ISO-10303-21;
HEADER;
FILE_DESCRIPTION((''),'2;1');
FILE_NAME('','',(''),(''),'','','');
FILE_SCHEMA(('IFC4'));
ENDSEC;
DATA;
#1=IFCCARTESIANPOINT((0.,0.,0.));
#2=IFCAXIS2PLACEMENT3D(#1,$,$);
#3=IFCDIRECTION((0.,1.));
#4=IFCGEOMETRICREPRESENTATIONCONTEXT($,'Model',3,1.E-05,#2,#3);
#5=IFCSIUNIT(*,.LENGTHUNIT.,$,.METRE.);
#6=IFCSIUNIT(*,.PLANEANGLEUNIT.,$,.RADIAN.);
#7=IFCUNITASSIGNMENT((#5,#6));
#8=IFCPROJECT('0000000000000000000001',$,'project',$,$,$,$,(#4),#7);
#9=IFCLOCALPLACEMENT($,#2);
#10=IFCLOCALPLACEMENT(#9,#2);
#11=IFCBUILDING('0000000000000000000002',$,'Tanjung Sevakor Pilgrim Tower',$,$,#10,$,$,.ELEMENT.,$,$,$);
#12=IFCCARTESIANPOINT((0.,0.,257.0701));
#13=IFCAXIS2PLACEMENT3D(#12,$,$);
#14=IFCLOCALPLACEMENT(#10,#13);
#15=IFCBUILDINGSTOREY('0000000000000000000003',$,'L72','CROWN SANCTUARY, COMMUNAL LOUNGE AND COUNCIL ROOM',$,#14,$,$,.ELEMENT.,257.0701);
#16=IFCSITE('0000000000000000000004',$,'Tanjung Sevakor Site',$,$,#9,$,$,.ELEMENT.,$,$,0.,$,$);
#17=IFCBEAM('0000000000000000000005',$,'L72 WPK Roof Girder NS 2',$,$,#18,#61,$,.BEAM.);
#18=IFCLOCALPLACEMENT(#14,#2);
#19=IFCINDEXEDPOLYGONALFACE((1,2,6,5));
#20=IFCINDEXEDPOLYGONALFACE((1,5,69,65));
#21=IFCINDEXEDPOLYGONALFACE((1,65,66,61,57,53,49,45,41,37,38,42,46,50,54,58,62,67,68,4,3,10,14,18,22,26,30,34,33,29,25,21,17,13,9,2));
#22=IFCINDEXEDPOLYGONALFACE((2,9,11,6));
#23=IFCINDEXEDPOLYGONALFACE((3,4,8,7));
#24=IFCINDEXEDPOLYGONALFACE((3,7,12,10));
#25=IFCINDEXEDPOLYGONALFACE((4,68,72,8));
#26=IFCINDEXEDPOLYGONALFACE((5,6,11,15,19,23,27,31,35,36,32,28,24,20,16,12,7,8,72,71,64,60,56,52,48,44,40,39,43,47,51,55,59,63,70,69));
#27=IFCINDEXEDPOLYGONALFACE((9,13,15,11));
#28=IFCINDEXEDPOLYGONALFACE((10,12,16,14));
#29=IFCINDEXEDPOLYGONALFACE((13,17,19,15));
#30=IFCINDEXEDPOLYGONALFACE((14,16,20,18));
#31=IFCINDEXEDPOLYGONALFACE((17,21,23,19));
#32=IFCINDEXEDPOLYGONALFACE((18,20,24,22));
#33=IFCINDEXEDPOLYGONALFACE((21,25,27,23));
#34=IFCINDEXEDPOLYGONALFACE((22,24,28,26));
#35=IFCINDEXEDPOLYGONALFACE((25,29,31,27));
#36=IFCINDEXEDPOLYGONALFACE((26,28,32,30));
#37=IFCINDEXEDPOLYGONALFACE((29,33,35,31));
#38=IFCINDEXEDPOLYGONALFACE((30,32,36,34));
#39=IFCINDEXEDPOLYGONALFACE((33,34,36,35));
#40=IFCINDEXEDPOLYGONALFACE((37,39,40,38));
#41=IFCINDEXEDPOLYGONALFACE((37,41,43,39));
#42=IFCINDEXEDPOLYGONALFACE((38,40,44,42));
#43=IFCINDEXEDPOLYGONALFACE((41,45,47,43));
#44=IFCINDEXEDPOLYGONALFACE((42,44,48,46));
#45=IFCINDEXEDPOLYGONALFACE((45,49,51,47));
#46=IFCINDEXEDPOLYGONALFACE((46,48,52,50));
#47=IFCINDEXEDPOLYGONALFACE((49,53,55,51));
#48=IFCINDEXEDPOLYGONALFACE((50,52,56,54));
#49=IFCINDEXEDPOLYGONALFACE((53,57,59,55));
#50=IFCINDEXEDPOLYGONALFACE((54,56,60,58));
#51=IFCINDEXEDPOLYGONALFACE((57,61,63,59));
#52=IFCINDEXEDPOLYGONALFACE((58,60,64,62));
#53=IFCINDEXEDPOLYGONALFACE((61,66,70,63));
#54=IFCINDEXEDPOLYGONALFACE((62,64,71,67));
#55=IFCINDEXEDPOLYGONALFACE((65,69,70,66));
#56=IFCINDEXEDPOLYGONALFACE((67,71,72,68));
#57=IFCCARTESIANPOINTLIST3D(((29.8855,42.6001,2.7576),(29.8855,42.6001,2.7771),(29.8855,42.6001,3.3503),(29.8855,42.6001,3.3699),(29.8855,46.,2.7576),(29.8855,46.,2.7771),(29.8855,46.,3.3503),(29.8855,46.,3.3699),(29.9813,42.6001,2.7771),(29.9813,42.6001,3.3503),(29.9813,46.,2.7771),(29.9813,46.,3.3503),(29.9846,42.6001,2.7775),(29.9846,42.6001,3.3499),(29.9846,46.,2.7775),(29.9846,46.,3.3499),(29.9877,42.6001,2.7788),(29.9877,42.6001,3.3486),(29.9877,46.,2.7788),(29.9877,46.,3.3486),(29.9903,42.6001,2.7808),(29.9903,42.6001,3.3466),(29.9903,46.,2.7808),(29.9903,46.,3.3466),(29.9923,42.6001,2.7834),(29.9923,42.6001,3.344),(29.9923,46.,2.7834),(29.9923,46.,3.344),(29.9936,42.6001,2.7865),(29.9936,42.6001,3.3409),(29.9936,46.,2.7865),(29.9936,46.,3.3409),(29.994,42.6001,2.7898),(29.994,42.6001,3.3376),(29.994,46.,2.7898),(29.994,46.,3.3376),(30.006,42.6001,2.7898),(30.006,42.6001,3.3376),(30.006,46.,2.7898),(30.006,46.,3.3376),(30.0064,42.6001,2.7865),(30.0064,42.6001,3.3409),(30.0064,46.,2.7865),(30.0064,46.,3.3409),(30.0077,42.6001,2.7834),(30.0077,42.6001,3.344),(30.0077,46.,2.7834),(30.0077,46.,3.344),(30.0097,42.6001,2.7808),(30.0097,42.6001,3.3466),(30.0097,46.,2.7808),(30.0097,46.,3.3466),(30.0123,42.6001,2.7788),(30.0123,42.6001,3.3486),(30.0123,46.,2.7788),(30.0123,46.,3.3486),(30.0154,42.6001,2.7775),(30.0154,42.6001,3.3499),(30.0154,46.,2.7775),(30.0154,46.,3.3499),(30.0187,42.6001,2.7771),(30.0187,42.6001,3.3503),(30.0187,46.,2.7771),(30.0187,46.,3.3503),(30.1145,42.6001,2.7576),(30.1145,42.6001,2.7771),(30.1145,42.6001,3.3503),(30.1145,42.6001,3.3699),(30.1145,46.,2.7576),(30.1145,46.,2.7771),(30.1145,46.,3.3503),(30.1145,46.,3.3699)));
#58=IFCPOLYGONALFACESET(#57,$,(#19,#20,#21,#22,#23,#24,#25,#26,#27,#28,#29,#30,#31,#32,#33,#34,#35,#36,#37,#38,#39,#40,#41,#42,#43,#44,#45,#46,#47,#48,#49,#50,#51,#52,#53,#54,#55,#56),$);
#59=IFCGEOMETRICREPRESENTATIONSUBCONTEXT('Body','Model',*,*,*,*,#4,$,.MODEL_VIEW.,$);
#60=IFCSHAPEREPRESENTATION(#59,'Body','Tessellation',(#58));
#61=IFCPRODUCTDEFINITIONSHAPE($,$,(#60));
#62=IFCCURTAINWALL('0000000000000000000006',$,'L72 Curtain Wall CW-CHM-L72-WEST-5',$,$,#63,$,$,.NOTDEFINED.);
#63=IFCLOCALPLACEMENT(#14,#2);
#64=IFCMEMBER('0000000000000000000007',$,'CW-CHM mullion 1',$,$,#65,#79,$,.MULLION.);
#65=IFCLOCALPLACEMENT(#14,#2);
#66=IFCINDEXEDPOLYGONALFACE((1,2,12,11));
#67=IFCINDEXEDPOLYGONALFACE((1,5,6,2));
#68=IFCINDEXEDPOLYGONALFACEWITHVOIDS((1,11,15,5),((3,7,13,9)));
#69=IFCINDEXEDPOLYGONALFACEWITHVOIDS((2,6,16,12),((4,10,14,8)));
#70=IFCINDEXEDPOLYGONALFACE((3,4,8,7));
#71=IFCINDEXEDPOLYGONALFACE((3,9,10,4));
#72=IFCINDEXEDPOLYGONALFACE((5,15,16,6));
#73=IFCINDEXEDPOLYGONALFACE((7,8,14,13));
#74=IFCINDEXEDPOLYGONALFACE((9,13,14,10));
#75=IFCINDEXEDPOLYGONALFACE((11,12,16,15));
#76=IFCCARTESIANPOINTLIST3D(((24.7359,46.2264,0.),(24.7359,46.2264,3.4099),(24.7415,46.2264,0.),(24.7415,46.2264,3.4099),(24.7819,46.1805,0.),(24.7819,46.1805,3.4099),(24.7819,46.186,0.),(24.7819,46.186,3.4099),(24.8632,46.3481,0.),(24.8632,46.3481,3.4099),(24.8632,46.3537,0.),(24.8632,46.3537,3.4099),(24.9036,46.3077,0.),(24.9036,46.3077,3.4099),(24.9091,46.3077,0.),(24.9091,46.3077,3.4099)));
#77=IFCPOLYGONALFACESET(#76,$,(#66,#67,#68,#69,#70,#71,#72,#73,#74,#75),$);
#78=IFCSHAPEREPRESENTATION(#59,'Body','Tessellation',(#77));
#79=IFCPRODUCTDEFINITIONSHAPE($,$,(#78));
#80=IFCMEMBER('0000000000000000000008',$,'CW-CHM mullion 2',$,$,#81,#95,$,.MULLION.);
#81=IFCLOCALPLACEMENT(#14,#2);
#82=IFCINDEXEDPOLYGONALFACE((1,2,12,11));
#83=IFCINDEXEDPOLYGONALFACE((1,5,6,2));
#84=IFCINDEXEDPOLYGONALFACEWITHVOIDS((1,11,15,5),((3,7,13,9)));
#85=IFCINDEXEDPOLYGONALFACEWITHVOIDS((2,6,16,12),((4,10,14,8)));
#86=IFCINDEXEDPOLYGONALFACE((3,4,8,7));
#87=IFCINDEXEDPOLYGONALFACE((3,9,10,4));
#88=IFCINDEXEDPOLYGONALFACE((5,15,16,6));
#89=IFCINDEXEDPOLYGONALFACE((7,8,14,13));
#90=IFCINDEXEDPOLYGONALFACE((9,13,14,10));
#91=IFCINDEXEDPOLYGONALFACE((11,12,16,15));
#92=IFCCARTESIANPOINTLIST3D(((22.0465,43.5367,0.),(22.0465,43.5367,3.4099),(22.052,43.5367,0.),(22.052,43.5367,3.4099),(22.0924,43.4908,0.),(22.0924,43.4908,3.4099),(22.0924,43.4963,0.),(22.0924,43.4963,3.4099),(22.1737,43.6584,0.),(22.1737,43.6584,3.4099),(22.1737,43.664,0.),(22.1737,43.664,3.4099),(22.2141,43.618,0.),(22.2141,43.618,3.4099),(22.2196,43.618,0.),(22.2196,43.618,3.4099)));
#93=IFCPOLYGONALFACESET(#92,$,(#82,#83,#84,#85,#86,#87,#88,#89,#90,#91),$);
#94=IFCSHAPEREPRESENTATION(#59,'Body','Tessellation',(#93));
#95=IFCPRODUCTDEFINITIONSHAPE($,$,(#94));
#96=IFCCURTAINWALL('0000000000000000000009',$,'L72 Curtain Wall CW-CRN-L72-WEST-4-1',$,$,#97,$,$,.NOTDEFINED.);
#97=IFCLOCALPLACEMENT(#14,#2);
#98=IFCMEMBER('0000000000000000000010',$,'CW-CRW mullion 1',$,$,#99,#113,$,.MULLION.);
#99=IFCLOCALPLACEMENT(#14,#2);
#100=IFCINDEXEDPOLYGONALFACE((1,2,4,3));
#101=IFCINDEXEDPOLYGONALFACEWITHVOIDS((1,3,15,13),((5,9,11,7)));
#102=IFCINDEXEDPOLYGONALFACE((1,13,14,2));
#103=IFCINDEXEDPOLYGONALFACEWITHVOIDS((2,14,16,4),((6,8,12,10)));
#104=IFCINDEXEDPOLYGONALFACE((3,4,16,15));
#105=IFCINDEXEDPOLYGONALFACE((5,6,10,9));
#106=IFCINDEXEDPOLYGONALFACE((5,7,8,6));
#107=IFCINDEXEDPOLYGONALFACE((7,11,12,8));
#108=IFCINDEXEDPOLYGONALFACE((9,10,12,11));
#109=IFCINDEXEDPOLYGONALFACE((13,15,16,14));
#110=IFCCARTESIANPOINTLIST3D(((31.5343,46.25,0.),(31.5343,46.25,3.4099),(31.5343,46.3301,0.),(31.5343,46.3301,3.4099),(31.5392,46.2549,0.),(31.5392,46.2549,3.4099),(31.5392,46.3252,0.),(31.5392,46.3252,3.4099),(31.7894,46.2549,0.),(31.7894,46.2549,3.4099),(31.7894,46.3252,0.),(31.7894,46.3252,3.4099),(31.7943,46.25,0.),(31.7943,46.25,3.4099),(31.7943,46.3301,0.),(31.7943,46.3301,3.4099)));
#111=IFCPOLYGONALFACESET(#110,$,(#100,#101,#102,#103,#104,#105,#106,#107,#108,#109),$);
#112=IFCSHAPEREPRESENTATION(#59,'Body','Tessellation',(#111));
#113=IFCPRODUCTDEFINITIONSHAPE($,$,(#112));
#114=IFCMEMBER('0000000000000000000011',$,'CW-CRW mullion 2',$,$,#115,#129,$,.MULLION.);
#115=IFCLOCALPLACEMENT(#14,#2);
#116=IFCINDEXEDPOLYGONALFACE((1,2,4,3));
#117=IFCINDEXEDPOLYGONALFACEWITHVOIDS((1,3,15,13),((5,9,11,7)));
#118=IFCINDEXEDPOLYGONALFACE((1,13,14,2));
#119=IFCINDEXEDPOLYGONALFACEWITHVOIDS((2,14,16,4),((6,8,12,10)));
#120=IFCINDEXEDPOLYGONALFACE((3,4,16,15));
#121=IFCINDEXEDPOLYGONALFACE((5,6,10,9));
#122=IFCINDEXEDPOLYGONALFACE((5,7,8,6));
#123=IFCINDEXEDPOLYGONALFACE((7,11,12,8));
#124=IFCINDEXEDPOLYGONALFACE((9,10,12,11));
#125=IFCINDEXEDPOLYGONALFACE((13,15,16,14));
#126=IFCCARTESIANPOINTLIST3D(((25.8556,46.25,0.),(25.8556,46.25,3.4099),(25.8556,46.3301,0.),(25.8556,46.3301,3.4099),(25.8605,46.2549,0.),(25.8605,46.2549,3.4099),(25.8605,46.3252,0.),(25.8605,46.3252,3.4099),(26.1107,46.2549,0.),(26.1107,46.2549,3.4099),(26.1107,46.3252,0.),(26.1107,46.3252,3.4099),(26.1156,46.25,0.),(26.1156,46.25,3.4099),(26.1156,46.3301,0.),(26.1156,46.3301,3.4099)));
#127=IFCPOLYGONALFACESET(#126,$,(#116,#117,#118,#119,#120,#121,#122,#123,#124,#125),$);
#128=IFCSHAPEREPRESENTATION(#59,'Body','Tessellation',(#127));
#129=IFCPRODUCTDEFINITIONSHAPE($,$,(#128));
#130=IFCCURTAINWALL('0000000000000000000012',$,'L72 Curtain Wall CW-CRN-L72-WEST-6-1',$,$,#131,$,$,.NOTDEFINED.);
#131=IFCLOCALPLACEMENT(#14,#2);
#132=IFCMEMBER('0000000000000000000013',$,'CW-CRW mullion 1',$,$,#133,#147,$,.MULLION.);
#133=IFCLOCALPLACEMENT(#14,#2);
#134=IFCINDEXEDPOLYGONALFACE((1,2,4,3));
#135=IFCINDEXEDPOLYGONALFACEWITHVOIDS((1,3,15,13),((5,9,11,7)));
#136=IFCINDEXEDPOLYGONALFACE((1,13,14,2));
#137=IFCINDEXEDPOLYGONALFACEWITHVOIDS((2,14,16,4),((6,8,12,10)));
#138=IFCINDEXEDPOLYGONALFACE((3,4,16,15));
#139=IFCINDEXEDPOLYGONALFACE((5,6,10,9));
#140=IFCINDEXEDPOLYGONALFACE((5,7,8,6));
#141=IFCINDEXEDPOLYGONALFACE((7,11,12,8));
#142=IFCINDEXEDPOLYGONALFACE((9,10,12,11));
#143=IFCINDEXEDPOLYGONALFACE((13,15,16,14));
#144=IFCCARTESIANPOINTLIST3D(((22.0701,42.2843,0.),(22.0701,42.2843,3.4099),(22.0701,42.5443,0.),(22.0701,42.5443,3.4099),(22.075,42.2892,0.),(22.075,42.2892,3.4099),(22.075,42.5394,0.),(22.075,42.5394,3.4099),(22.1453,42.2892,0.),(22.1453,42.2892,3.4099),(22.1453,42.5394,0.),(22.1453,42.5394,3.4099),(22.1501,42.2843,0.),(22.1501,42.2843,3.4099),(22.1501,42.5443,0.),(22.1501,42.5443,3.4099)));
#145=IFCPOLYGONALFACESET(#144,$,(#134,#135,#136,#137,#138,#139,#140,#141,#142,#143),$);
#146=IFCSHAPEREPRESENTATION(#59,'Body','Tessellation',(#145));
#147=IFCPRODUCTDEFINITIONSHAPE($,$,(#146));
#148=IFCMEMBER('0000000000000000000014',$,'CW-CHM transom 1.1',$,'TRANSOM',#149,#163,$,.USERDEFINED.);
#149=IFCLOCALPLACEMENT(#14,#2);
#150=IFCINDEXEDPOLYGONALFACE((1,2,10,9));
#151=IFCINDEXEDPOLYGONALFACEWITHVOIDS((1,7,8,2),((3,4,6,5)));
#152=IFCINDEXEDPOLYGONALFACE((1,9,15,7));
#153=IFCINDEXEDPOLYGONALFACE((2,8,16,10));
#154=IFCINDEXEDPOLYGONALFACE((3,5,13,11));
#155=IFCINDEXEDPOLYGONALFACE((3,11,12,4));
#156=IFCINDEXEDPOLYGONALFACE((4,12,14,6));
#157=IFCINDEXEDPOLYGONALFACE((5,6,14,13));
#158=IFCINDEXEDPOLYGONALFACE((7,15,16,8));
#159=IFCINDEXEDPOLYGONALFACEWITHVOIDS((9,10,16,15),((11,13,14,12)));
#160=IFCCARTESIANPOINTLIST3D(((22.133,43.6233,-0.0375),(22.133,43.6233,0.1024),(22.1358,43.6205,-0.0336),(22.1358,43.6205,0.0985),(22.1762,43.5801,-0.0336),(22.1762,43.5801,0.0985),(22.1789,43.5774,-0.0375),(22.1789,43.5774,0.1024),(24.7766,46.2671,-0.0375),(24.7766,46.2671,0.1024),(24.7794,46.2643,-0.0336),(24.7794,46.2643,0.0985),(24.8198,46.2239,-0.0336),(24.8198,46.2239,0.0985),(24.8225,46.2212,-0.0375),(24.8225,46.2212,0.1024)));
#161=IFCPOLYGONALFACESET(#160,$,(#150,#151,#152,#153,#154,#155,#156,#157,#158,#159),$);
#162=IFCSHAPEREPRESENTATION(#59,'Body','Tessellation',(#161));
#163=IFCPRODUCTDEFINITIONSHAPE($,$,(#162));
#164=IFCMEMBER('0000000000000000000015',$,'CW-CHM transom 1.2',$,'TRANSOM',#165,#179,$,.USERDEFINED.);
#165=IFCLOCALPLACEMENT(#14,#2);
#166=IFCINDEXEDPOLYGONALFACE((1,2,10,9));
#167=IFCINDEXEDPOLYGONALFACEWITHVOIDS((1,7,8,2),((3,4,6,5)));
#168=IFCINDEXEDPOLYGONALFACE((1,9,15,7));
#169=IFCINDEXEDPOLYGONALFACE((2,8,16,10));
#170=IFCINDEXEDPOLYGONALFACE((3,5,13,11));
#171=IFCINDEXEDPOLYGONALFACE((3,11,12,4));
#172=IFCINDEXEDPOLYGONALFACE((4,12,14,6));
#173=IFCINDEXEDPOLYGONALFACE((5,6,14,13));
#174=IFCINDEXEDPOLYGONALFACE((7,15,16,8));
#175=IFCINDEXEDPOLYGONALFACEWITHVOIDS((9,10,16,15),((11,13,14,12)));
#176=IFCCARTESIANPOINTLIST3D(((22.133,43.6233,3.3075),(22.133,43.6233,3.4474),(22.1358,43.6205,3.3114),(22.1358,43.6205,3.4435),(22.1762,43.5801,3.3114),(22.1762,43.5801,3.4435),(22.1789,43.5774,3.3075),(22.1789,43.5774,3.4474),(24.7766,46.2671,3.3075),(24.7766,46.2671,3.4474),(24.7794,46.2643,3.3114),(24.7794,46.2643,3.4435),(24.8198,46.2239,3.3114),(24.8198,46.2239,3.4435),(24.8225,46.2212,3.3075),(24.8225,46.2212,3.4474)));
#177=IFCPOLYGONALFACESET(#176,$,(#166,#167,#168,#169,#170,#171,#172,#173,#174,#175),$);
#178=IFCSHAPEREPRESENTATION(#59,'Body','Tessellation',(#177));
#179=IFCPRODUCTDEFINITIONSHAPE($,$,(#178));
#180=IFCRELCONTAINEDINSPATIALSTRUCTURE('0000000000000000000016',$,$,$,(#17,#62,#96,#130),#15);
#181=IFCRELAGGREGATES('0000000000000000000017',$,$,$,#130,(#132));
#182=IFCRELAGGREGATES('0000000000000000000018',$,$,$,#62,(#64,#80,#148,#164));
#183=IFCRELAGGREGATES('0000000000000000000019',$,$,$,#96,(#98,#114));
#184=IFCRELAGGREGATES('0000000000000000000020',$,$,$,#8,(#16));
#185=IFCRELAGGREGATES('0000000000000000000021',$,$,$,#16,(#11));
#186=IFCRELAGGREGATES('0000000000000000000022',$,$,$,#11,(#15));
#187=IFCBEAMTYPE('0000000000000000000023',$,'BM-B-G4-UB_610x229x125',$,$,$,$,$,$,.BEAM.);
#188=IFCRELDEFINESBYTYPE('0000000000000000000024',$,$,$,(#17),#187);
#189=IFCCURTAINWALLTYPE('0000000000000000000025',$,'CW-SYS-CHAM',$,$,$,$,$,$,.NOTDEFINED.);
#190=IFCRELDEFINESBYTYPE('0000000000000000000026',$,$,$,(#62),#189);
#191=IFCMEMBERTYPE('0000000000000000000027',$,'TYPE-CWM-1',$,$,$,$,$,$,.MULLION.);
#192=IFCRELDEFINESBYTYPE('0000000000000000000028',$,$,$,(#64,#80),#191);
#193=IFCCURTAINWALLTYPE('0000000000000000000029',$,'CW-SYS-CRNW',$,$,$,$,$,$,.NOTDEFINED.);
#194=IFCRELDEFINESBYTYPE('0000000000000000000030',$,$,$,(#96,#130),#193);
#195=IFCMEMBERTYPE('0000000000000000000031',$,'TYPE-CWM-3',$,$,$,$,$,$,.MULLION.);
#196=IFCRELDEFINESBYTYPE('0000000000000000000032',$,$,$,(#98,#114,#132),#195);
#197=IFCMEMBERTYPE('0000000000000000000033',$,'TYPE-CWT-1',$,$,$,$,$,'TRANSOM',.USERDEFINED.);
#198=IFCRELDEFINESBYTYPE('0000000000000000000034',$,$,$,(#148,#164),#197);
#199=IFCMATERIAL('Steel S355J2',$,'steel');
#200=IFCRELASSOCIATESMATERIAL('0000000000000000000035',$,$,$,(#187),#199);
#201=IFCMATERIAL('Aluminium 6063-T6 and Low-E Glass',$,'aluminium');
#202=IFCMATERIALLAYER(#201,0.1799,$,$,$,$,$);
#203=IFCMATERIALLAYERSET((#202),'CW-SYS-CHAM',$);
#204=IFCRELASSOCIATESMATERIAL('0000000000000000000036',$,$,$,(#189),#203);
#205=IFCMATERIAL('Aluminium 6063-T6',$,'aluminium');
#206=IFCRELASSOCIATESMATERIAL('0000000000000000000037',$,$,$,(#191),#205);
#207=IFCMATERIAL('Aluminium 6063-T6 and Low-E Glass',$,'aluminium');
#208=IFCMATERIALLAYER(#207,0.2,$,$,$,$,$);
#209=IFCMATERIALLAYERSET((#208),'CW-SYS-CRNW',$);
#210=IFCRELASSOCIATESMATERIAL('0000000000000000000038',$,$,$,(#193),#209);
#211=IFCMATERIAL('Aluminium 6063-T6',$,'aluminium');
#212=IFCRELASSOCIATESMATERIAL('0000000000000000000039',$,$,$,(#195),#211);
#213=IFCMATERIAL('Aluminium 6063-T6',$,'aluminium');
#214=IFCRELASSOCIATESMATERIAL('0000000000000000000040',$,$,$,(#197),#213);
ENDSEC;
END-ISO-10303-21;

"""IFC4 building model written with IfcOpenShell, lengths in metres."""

from ifc_helpers import new_model, si_unit, direction, frame, origin, origin_2d, place, context, subcontext, project, spatial, hollow_rectangle, i_section, extrude, material, layer, layer_set, material_profile, profile_set, type_object, element, aggregate, save


model = new_model("IFC4")

# Units and contexts
model_context = context("Model", 3, precision=1e-05, world=origin(), true_north=direction((0.0, 1.0)))
body_context = subcontext(model_context, "Body", "Model", "MODEL_VIEW")
ifc_project = project(units=[si_unit("LENGTHUNIT", "METRE"), si_unit("PLANEANGLEUNIT", "RADIAN")], contexts=[model_context])

# Site, building, storey
site_placement = place(None, origin())
site = spatial("IfcSite", under=ifc_project, at=site_placement, Name="Tanjung Sevakor Site", CompositionType="ELEMENT", RefElevation=0.0)
building_placement = place(site_placement, origin())
building = spatial("IfcBuilding", under=site, at=building_placement, Name="Tanjung Sevakor Pilgrim Tower", CompositionType="ELEMENT")
storey_placement = place(building_placement, frame((0.0, 0.0, 257.0701)))
storey = spatial("IfcBuildingStorey", under=building, at=storey_placement, Name="L72", Description="CROWN SANCTUARY, COMMUNAL LOUNGE AND COUNCIL ROOM", CompositionType="ELEMENT", Elevation=257.0701)

# Beam
ifc_material_1 = material(Name="Steel S355J2", Category="steel")
ifc_material_profile_1 = material_profile(ifc_material_1, i_section(OverallWidth=0.229, OverallDepth=0.6123, WebThickness=0.012, FlangeThickness=0.0195, FilletRadius=0.0127, at=origin_2d()))
ifc_profile_set_1 = profile_set([ifc_material_profile_1], Name="Steel S355J2")
beam_type = type_object("IfcBeamType", Name="BM-B-G4-UB_610x229x125", PredefinedType="BEAM", material=ifc_profile_set_1)
beam_placement = place(storey_placement, frame((30.0, 42.6001, 3.0637), z_axis=(0.0, 1.0, 0.0), x_axis=(-1.0, 0.0, 0.0)))
element("IfcBeam", 1, at=beam_placement, inside=storey, type_object=beam_type, Name="L72 WPK Roof Girder NS 2", PredefinedType="BEAM", context=body_context, shape_type="SweptSolid", body=[
    extrude(i_section(OverallWidth=0.229, OverallDepth=0.6123, WebThickness=0.012, FlangeThickness=0.0195, FilletRadius=0.0127, at=origin_2d()), origin(), (0.0, 0.0, 1.0), 3.3999),
])

# Curtain walls, members
ifc_material_2 = material(Name="Aluminium 6063-T6 and Low-E Glass", Category="aluminium")
ifc_layer_1 = layer(ifc_material_2, 0.1799)
ifc_layer_set_1 = layer_set([ifc_layer_1], Name="CW-SYS-CHAM")
curtain_wall_type_1 = type_object("IfcCurtainWallType", Name="CW-SYS-CHAM", PredefinedType="NOTDEFINED", material=ifc_layer_set_1)
curtain_wall_1_placement = place(storey_placement, origin())
curtain_wall_1 = element("IfcCurtainWall", 2, at=curtain_wall_1_placement, inside=storey, type_object=curtain_wall_type_1, Name="L72 Curtain Wall CW-CHM-L72-WEST-5", PredefinedType="NOTDEFINED")
ifc_material_3 = material(Name="Aluminium 6063-T6", Category="aluminium")
ifc_material_profile_2 = material_profile(ifc_material_3, hollow_rectangle(XDim=0.0649, YDim=0.1799, WallThickness=0.0039, at=origin_2d()))
ifc_profile_set_2 = profile_set([ifc_material_profile_2], Name="Aluminium 6063-T6")
member_type_1 = type_object("IfcMemberType", Name="TYPE-CWM-1", PredefinedType="MULLION", material=ifc_profile_set_2)
member_1_placement = place(storey_placement, frame((24.8225, 46.2671, 0.0), z_axis=(0.0, 0.0, 1.0), x_axis=(0.707107, -0.707107, 0.0)))
member_1 = element("IfcMember", 3, at=member_1_placement, type_object=member_type_1, Name="CW-CHM mullion 1", PredefinedType="MULLION", context=body_context, shape_type="SweptSolid", body=[
    extrude(hollow_rectangle(XDim=0.0649, YDim=0.1799, WallThickness=0.0039, at=origin_2d()), origin(), (0.0, 0.0, 1.0), 3.4099),
])
member_2_placement = place(storey_placement, frame((22.1331, 43.5774, 0.0), z_axis=(0.0, 0.0, 1.0), x_axis=(0.707107, -0.707107, 0.0)))
member_2 = element("IfcMember", 4, at=member_2_placement, type_object=member_type_1, Name="CW-CHM mullion 2", PredefinedType="MULLION", context=body_context, shape_type="SweptSolid", body=[
    extrude(hollow_rectangle(XDim=0.0649, YDim=0.1799, WallThickness=0.0039, at=origin_2d()), origin(), (0.0, 0.0, 1.0), 3.4099),
])
ifc_material_4 = material(Name="Aluminium 6063-T6 and Low-E Glass", Category="aluminium")
ifc_layer_2 = layer(ifc_material_4, 0.2)
ifc_layer_set_2 = layer_set([ifc_layer_2], Name="CW-SYS-CRNW")
curtain_wall_type_2 = type_object("IfcCurtainWallType", Name="CW-SYS-CRNW", PredefinedType="NOTDEFINED", material=ifc_layer_set_2)
curtain_wall_2_placement = place(storey_placement, origin())
curtain_wall_2 = element("IfcCurtainWall", 5, at=curtain_wall_2_placement, inside=storey, type_object=curtain_wall_type_2, Name="L72 Curtain Wall CW-CRN-L72-WEST-4-1", PredefinedType="NOTDEFINED")
ifc_material_5 = material(Name="Aluminium 6063-T6", Category="aluminium")
ifc_material_profile_3 = material_profile(ifc_material_5, hollow_rectangle(XDim=0.0801, YDim=0.26, WallThickness=0.0049, at=origin_2d()))
ifc_profile_set_3 = profile_set([ifc_material_profile_3], Name="Aluminium 6063-T6")
member_type_2 = type_object("IfcMemberType", Name="TYPE-CWM-3", PredefinedType="MULLION", material=ifc_profile_set_3)
member_3_placement = place(storey_placement, frame((31.6643, 46.29, 0.0), z_axis=(0.0, 0.0, 1.0), x_axis=(0.0, -1.0, 0.0)))
member_3 = element("IfcMember", 6, at=member_3_placement, type_object=member_type_2, Name="CW-CRW mullion 1", PredefinedType="MULLION", context=body_context, shape_type="SweptSolid", body=[
    extrude(hollow_rectangle(XDim=0.0801, YDim=0.26, WallThickness=0.0049, at=origin_2d()), origin(), (0.0, 0.0, 1.0), 3.4099),
])
member_4_placement = place(storey_placement, frame((25.9856, 46.29, 0.0), z_axis=(0.0, 0.0, 1.0), x_axis=(0.0, -1.0, 0.0)))
member_4 = element("IfcMember", 7, at=member_4_placement, type_object=member_type_2, Name="CW-CRW mullion 2", PredefinedType="MULLION", context=body_context, shape_type="SweptSolid", body=[
    extrude(hollow_rectangle(XDim=0.0801, YDim=0.26, WallThickness=0.0049, at=origin_2d()), origin(), (0.0, 0.0, 1.0), 3.4099),
])

# Curtain wall, member
curtain_wall_3_placement = place(storey_placement, origin())
curtain_wall_3 = element("IfcCurtainWall", 8, at=curtain_wall_3_placement, inside=storey, type_object=curtain_wall_type_2, Name="L72 Curtain Wall CW-CRN-L72-WEST-6-1", PredefinedType="NOTDEFINED")
member_5_placement = place(storey_placement, frame((22.1101, 42.4143, 0.0), z_axis=(0.0, 0.0, 1.0), x_axis=(1.0, 0.0, 0.0)))
member_5 = element("IfcMember", 9, at=member_5_placement, type_object=member_type_2, Name="CW-CRW mullion 1", PredefinedType="MULLION", context=body_context, shape_type="SweptSolid", body=[
    extrude(hollow_rectangle(XDim=0.0801, YDim=0.26, WallThickness=0.0049, at=origin_2d()), origin(), (0.0, 0.0, 1.0), 3.4099),
])

# Members
ifc_material_6 = material(Name="Aluminium 6063-T6", Category="aluminium")
ifc_material_profile_4 = material_profile(ifc_material_6, hollow_rectangle(XDim=0.0649, YDim=0.1399, WallThickness=0.0039, at=origin_2d()))
ifc_profile_set_4 = profile_set([ifc_material_profile_4], Name="Aluminium 6063-T6")
member_type_3 = type_object("IfcMemberType", Name="TYPE-CWT-1", ElementType="TRANSOM", PredefinedType="USERDEFINED", material=ifc_profile_set_4)
member_6_placement = place(storey_placement, frame((24.7996, 46.2441, 0.0325), z_axis=(-0.707074, -0.707139, 0.0), x_axis=(0.707139, -0.707074, 0.0)))
member_6 = element("IfcMember", 10, at=member_6_placement, type_object=member_type_3, Name="CW-CHM transom 1.1", ObjectType="TRANSOM", PredefinedType="USERDEFINED", context=body_context, shape_type="SweptSolid", body=[
    extrude(hollow_rectangle(XDim=0.0649, YDim=0.1399, WallThickness=0.0039, at=origin_2d()), origin(), (0.0, 0.0, 1.0), 3.7388),
])
member_7_placement = place(storey_placement, frame((24.7996, 46.2441, 3.3774), z_axis=(-0.707074, -0.707139, 0.0), x_axis=(0.707139, -0.707074, 0.0)))
member_7 = element("IfcMember", 11, at=member_7_placement, type_object=member_type_3, Name="CW-CHM transom 1.2", ObjectType="TRANSOM", PredefinedType="USERDEFINED", context=body_context, shape_type="SweptSolid", body=[
    extrude(hollow_rectangle(XDim=0.0649, YDim=0.1399, WallThickness=0.0039, at=origin_2d()), origin(), (0.0, 0.0, 1.0), 3.7388),
])
aggregate(curtain_wall_3, [member_5])

aggregate(curtain_wall_1, [member_1, member_2, member_6, member_7])
aggregate(curtain_wall_2, [member_3, member_4])

save(model, "model.ifc")
